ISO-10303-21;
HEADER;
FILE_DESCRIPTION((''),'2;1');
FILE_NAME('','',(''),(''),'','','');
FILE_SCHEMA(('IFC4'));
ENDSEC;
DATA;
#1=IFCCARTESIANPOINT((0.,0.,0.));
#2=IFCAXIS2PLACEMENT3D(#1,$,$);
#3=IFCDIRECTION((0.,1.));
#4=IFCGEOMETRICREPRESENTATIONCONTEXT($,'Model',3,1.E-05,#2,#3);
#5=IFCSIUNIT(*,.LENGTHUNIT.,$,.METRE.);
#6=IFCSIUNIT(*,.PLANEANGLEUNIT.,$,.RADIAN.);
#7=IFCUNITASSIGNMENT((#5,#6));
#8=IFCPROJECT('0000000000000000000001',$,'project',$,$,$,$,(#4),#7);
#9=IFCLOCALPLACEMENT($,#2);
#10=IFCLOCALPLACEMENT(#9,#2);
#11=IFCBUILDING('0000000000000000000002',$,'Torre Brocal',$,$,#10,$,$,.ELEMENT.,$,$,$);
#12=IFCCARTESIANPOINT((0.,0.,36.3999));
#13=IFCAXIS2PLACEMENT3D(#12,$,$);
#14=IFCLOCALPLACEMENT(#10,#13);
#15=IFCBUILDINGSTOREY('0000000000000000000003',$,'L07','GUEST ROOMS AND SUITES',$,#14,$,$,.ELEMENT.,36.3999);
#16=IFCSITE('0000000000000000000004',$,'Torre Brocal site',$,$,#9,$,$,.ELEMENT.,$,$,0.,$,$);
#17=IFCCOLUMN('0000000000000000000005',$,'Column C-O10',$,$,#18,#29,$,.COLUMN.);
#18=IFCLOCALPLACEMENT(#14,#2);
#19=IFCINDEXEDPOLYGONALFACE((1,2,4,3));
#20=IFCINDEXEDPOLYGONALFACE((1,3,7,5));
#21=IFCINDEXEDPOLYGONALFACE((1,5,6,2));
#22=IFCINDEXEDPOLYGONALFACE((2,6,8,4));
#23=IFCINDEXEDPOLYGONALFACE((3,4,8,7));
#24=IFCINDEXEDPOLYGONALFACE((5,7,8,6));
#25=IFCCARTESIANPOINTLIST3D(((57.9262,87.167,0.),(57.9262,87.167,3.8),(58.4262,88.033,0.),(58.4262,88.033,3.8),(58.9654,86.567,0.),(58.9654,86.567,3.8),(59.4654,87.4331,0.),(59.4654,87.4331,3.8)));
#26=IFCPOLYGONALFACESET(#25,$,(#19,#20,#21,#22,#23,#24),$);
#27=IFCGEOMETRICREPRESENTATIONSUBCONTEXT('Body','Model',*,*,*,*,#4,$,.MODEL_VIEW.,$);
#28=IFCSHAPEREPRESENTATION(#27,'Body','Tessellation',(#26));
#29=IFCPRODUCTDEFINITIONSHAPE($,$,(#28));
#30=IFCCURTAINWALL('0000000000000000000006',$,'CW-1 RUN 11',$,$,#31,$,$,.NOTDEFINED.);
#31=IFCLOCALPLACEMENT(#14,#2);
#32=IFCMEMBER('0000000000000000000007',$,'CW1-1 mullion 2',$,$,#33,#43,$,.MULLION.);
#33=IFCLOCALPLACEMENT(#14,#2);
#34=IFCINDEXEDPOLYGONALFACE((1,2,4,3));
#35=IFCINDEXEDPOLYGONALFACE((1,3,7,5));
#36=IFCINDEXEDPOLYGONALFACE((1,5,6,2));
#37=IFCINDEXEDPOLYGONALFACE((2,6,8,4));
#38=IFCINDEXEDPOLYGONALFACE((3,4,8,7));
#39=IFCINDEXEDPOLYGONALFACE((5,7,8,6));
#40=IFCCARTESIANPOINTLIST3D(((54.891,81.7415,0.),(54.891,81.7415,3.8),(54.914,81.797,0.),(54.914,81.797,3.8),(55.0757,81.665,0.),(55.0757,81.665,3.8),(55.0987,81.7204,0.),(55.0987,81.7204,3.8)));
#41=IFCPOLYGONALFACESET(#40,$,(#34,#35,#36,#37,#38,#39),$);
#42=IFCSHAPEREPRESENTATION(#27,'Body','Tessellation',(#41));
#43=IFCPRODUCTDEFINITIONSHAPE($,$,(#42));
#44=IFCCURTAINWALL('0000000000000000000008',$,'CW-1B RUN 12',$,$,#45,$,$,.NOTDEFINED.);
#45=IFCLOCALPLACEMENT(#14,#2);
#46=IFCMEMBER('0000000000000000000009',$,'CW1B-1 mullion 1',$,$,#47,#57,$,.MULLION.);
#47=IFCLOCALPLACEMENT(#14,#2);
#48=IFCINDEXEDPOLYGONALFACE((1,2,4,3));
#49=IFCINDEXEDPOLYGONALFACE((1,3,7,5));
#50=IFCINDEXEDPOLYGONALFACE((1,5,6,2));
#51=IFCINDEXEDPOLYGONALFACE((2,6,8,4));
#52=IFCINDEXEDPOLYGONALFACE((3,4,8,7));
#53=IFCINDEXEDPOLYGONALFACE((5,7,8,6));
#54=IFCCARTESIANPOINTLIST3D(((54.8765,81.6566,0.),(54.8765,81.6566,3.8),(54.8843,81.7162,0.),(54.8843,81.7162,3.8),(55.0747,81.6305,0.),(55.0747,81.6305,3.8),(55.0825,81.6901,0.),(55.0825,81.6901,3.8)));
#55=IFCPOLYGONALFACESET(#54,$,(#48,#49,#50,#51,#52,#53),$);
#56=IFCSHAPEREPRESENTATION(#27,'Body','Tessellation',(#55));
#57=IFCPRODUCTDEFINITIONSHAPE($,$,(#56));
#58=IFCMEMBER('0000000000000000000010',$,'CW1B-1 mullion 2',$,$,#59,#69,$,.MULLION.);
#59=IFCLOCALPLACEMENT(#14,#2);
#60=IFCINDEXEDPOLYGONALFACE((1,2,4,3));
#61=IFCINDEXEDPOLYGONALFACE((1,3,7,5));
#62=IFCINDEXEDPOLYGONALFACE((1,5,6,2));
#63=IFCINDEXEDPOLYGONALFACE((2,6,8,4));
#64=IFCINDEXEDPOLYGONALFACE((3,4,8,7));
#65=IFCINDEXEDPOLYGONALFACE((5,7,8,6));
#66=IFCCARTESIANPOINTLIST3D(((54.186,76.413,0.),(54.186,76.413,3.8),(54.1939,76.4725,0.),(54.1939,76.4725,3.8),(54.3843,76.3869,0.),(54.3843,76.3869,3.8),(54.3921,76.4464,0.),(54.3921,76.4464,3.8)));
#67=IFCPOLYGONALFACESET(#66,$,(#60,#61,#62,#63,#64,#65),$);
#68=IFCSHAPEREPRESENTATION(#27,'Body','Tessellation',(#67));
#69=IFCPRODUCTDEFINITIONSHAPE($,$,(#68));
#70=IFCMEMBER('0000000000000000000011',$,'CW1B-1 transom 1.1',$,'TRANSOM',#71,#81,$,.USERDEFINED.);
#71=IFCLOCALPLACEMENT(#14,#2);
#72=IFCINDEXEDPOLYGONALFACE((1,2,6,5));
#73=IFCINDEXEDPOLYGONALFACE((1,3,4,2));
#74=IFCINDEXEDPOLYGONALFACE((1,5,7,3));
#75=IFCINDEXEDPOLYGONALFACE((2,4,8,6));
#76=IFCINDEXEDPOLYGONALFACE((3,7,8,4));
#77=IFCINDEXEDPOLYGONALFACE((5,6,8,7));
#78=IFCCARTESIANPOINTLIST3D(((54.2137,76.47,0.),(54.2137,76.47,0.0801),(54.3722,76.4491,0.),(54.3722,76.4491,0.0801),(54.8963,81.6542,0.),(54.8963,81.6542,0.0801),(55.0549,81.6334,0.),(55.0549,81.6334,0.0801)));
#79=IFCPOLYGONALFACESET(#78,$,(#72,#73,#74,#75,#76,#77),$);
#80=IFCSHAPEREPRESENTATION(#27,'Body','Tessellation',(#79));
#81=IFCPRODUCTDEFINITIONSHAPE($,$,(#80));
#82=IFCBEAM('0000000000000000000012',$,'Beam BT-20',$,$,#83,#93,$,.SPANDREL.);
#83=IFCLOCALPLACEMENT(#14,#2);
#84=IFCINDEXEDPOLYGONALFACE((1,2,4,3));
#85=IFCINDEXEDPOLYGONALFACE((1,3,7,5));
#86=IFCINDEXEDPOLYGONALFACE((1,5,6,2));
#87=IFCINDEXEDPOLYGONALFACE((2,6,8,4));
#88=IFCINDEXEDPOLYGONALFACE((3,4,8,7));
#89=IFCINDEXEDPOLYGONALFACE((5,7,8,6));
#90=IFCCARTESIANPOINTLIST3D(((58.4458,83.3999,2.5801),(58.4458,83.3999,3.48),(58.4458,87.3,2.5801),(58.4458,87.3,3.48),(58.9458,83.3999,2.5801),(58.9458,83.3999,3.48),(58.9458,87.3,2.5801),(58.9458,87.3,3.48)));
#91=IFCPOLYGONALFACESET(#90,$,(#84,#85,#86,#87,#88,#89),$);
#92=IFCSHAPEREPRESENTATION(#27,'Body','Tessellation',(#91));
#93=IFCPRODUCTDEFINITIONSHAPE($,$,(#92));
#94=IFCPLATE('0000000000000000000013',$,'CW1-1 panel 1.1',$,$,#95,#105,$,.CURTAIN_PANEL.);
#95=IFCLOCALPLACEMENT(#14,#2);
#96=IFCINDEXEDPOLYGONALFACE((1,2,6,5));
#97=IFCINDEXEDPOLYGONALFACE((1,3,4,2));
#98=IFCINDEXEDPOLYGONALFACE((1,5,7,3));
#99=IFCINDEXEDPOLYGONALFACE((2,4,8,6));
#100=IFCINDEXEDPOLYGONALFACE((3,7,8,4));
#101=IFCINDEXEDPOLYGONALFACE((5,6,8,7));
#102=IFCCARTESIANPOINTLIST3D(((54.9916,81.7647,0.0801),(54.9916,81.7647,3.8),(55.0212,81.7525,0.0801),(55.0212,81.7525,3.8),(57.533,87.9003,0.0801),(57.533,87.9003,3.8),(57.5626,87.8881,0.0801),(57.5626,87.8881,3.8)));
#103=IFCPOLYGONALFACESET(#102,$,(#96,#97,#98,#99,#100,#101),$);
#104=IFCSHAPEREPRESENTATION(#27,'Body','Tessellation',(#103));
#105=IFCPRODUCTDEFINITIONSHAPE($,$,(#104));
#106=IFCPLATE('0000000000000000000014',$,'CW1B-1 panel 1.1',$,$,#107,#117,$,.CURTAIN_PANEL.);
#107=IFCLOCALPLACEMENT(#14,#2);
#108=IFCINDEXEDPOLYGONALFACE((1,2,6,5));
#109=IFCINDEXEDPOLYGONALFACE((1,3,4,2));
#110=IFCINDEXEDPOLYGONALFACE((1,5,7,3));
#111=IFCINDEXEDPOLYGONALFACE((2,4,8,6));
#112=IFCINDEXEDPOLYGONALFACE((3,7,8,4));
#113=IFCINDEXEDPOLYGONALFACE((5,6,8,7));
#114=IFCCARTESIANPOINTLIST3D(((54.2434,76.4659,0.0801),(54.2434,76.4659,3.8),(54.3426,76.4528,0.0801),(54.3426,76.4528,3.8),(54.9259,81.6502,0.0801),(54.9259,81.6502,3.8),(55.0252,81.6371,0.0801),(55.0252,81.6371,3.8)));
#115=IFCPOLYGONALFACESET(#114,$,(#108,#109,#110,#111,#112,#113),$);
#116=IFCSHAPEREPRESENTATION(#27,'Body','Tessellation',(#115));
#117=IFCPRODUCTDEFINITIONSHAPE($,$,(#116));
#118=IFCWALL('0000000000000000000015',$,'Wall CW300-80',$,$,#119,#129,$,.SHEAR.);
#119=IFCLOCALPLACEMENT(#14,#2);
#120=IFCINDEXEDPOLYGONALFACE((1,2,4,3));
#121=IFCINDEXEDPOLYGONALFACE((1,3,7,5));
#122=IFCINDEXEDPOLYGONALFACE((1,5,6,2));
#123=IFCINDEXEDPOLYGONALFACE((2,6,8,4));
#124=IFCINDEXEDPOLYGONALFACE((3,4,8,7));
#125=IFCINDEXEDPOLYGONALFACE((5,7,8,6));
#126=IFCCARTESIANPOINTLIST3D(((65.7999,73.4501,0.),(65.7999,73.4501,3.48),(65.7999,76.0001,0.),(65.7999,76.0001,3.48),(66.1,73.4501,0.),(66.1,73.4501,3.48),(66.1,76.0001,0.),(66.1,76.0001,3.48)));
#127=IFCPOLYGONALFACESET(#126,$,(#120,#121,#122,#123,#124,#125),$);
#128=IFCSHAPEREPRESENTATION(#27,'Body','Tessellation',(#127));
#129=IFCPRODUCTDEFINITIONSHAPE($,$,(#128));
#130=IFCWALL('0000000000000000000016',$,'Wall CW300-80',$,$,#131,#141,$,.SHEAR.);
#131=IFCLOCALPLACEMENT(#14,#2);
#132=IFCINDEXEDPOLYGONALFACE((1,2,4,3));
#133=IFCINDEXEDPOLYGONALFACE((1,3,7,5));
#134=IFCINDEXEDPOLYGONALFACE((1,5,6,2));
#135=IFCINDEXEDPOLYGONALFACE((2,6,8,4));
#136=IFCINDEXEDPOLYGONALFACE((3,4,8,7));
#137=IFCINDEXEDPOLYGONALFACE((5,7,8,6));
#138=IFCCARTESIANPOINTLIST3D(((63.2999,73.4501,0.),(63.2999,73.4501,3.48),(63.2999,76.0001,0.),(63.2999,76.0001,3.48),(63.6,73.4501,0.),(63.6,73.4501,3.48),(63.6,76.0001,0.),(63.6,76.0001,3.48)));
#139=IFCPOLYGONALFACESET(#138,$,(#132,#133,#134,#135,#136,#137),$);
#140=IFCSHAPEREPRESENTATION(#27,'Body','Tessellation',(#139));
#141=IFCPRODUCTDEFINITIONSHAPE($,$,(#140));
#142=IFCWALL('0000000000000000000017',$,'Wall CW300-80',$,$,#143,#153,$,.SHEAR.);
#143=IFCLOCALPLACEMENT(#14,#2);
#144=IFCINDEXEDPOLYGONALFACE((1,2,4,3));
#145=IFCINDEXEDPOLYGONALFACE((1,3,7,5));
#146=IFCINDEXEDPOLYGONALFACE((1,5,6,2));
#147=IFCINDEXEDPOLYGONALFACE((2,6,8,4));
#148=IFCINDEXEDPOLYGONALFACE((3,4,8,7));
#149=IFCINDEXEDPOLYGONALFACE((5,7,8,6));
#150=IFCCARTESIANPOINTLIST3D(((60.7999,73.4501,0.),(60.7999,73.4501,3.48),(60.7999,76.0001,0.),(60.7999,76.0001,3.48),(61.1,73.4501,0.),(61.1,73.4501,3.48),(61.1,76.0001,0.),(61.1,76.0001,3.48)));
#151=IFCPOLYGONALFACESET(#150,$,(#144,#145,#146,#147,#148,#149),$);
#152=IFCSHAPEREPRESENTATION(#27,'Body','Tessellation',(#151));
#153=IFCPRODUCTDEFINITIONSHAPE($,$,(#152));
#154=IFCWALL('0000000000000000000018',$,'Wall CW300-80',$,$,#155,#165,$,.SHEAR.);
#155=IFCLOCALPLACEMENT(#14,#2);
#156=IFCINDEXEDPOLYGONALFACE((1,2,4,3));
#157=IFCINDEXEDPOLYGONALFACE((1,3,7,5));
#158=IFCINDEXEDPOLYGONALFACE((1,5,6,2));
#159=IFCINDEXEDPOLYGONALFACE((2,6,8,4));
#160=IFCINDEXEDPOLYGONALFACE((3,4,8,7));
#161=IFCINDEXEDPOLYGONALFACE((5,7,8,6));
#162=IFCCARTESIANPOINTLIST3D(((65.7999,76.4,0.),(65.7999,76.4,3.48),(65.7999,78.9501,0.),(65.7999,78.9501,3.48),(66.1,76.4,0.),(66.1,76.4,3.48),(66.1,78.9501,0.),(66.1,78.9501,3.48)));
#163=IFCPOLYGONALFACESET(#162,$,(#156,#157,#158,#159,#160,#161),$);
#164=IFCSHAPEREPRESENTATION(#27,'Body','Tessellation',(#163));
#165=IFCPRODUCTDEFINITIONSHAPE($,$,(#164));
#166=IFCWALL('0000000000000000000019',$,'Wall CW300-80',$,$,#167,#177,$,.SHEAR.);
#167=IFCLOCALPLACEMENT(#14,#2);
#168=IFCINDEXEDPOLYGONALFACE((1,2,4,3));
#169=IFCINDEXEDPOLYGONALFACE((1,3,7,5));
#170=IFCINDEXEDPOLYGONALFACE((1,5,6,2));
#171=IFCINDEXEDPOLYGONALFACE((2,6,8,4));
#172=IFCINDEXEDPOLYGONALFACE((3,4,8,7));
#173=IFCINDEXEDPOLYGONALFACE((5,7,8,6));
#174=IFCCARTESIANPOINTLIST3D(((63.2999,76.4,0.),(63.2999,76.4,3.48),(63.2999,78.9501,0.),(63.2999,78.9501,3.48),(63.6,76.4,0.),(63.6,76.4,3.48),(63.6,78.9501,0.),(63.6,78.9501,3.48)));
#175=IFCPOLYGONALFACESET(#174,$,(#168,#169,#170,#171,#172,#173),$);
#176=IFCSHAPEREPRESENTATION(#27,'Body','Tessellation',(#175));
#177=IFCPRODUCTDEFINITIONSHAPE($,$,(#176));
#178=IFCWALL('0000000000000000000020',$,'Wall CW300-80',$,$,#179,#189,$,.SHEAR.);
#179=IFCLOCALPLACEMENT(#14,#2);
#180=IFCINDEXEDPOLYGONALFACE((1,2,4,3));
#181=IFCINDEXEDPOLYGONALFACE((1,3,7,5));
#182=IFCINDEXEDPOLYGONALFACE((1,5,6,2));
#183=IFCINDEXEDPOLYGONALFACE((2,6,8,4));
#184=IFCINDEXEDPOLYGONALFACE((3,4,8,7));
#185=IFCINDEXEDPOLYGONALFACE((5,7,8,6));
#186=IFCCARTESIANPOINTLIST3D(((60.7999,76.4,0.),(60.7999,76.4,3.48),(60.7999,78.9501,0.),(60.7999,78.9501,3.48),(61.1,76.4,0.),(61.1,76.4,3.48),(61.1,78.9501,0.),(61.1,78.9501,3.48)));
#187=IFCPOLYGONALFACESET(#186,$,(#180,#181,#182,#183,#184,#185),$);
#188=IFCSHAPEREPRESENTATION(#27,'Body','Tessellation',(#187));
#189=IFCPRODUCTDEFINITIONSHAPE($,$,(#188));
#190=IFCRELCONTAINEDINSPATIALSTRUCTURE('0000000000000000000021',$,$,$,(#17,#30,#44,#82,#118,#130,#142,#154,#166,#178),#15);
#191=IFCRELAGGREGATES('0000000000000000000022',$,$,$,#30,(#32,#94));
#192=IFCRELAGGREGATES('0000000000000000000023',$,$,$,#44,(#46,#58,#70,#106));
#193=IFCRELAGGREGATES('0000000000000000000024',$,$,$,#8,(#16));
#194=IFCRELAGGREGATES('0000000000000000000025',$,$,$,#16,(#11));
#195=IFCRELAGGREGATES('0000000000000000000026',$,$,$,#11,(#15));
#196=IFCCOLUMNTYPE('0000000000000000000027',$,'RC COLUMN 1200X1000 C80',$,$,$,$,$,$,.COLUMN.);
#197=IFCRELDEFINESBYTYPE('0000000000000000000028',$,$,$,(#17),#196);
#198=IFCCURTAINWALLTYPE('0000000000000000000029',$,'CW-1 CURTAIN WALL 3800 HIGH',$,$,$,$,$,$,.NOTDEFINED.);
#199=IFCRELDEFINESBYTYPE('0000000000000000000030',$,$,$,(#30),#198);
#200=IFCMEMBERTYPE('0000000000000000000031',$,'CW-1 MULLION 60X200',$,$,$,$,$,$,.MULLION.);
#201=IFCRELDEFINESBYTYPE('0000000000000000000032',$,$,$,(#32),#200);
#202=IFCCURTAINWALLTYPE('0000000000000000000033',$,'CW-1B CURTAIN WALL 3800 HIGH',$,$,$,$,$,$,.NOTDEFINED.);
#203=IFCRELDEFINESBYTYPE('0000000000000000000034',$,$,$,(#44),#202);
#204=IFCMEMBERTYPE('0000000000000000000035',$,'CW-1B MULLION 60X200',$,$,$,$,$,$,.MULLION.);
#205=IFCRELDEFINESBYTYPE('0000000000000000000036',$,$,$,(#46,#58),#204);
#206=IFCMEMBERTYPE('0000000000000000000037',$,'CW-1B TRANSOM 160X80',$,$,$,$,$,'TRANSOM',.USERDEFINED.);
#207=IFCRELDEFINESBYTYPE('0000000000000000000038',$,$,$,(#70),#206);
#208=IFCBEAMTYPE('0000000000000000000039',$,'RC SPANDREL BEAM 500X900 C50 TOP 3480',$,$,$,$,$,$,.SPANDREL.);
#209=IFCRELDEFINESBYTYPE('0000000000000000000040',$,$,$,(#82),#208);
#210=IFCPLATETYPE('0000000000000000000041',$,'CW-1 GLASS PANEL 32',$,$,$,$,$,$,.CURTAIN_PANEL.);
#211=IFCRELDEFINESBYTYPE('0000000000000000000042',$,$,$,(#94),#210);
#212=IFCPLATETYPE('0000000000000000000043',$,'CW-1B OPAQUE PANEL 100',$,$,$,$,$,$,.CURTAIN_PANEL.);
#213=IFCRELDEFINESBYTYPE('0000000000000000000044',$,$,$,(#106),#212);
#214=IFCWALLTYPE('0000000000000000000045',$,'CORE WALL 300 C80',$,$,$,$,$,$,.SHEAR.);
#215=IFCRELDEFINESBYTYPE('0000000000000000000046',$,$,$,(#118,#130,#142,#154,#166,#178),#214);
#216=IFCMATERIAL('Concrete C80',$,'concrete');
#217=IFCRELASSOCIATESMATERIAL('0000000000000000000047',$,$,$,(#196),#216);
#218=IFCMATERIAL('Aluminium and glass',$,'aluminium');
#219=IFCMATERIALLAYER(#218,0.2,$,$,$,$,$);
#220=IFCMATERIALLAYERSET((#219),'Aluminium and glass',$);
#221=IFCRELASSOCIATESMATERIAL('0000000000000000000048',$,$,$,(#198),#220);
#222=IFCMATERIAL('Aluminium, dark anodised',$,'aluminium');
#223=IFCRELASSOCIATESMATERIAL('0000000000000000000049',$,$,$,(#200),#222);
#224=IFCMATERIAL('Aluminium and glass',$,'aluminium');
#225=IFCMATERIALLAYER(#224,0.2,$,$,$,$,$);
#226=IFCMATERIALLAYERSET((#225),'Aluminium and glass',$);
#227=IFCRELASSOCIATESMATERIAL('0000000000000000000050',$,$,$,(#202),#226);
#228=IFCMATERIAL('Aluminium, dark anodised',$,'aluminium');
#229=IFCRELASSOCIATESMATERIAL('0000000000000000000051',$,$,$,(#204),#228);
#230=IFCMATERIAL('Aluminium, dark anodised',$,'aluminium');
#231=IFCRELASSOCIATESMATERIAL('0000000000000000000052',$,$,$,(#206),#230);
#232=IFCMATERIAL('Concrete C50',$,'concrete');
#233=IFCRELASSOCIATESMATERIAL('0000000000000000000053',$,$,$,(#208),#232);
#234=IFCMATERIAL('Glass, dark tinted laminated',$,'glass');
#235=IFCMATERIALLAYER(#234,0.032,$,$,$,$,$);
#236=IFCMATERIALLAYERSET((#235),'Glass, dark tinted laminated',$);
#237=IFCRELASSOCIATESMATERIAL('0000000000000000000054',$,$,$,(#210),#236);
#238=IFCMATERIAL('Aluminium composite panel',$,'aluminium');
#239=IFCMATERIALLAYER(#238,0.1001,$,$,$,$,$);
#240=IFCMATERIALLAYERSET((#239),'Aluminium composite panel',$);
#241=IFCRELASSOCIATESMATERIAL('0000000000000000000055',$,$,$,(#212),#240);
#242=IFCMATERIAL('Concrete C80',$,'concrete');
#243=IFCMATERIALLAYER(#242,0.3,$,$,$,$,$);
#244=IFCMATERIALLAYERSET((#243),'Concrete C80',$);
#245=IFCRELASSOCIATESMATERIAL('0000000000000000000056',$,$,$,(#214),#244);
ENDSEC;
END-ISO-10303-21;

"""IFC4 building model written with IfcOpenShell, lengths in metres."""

from ifc_helpers import new_model, si_unit, direction, frame, frame_2d, origin, origin_2d, place, context, subcontext, project, spatial, rectangle, extrude, material, layer, layer_set, material_profile, profile_set, type_object, element, aggregate, save


model = new_model("IFC4")

# Units and contexts
model_context = context("Model", 3, precision=1e-05, world=origin(), true_north=direction((0.0, 1.0)))
body_context = subcontext(model_context, "Body", "Model", "MODEL_VIEW")
ifc_project = project(units=[si_unit("LENGTHUNIT", "METRE"), si_unit("PLANEANGLEUNIT", "RADIAN")], contexts=[model_context])

# Site, building, storey
site_placement = place(None, origin())
site = spatial("IfcSite", under=ifc_project, at=site_placement, Name="Torre Brocal site", CompositionType="ELEMENT", RefElevation=0.0)
building_placement = place(site_placement, origin())
building = spatial("IfcBuilding", under=site, at=building_placement, Name="Torre Brocal", CompositionType="ELEMENT")
storey_placement = place(building_placement, frame((0.0, 0.0, 36.3999)))
storey = spatial("IfcBuildingStorey", under=building, at=storey_placement, Name="L07", Description="GUEST ROOMS AND SUITES", CompositionType="ELEMENT", Elevation=36.3999)

# Column
ifc_material_1 = material(Name="Concrete C80", Category="concrete")
ifc_material_profile_1 = material_profile(ifc_material_1, rectangle(XDim=1.2, YDim=1.0, at=origin_2d()), Name="RC 1200X1000")
ifc_profile_set_1 = profile_set([ifc_material_profile_1], Name="Concrete C80")
column_type = type_object("IfcColumnType", Name="RC COLUMN 1200X1000 C80", PredefinedType="COLUMN", material=ifc_profile_set_1)
column_placement = place(storey_placement, frame((58.6958, 87.3, 0.0), z_axis=(0.0, 0.0, 1.0), x_axis=(-0.866025, 0.5, 0.0)))
element("IfcColumn", 1, at=column_placement, inside=storey, type_object=column_type, Name="Column C-O10", PredefinedType="COLUMN", context=body_context, shape_type="SweptSolid", body=[
    extrude(rectangle(XDim=1.2, YDim=1.0, at=origin_2d()), origin(), (0.0, 0.0, 1.0), 3.8),
])

# Curtain wall, member
ifc_material_2 = material(Name="Aluminium and glass", Category="aluminium")
ifc_layer_1 = layer(ifc_material_2, 0.2)
ifc_layer_set_1 = layer_set([ifc_layer_1], Name="Aluminium and glass")
curtain_wall_type_1 = type_object("IfcCurtainWallType", Name="CW-1 CURTAIN WALL 3800 HIGH", PredefinedType="NOTDEFINED", material=ifc_layer_set_1)
curtain_wall_1_placement = place(storey_placement, origin())
curtain_wall_1 = element("IfcCurtainWall", 2, at=curtain_wall_1_placement, inside=storey, type_object=curtain_wall_type_1, Name="CW-1 RUN 11", PredefinedType="NOTDEFINED")
ifc_material_3 = material(Name="Aluminium, dark anodised", Category="aluminium")
ifc_material_profile_2 = material_profile(ifc_material_3, rectangle(XDim=0.2, YDim=0.0601, at=origin_2d()), Name="CW-1 MULLION 60X200")
ifc_profile_set_2 = profile_set([ifc_material_profile_2], Name="Aluminium, dark anodised")
member_type_1 = type_object("IfcMemberType", Name="CW-1 MULLION 60X200", PredefinedType="MULLION", material=ifc_profile_set_2)
member_1_placement = place(storey_placement, frame((54.9949, 81.731, 0.0), z_axis=(0.0, 0.0, 1.0), x_axis=(0.92388, -0.382683, 0.0)))
member_1 = element("IfcMember", 3, at=member_1_placement, type_object=member_type_1, Name="CW1-1 mullion 2", PredefinedType="MULLION", context=body_context, shape_type="SweptSolid", body=[
    extrude(rectangle(XDim=0.2, YDim=0.0601, at=origin_2d()), origin(), (0.0, 0.0, 1.0), 3.8),
])

# Curtain wall, members
ifc_material_4 = material(Name="Aluminium and glass", Category="aluminium")
ifc_layer_2 = layer(ifc_material_4, 0.2)
ifc_layer_set_2 = layer_set([ifc_layer_2], Name="Aluminium and glass")
curtain_wall_type_2 = type_object("IfcCurtainWallType", Name="CW-1B CURTAIN WALL 3800 HIGH", PredefinedType="NOTDEFINED", material=ifc_layer_set_2)
curtain_wall_2_placement = place(storey_placement, origin())
curtain_wall_2 = element("IfcCurtainWall", 4, at=curtain_wall_2_placement, inside=storey, type_object=curtain_wall_type_2, Name="CW-1B RUN 12", PredefinedType="NOTDEFINED")
ifc_material_5 = material(Name="Aluminium, dark anodised", Category="aluminium")
ifc_material_profile_3 = material_profile(ifc_material_5, rectangle(XDim=0.2, YDim=0.0601, at=origin_2d()), Name="CW-1B MULLION 60X200")
ifc_profile_set_3 = profile_set([ifc_material_profile_3], Name="Aluminium, dark anodised")
member_type_2 = type_object("IfcMemberType", Name="CW-1B MULLION 60X200", PredefinedType="MULLION", material=ifc_profile_set_3)
member_2_placement = place(storey_placement, frame((54.9795, 81.6733, 0.0), z_axis=(0.0, 0.0, 1.0), x_axis=(0.991445, -0.130526, 0.0)))
member_2 = element("IfcMember", 5, at=member_2_placement, type_object=member_type_2, Name="CW1B-1 mullion 1", PredefinedType="MULLION", context=body_context, shape_type="SweptSolid", body=[
    extrude(rectangle(XDim=0.2, YDim=0.0601, at=origin_2d()), origin(), (0.0, 0.0, 1.0), 3.8),
])
member_3_placement = place(storey_placement, frame((54.2891, 76.4297, 0.0), z_axis=(0.0, 0.0, 1.0), x_axis=(0.991445, -0.130526, 0.0)))
member_3 = element("IfcMember", 6, at=member_3_placement, type_object=member_type_2, Name="CW1B-1 mullion 2", PredefinedType="MULLION", context=body_context, shape_type="SweptSolid", body=[
    extrude(rectangle(XDim=0.2, YDim=0.0601, at=origin_2d()), origin(), (0.0, 0.0, 1.0), 3.8),
])
ifc_material_6 = material(Name="Aluminium, dark anodised", Category="aluminium")
ifc_material_profile_4 = material_profile(ifc_material_6, rectangle(XDim=0.1599, YDim=0.0801, at=origin_2d()), Name="CW-1B TRANSOM 160X80")
ifc_profile_set_4 = profile_set([ifc_material_profile_4], Name="Aluminium, dark anodised")
member_type_3 = type_object("IfcMemberType", Name="CW-1B TRANSOM 160X80", ElementType="TRANSOM", PredefinedType="USERDEFINED", material=ifc_profile_set_4)
member_4_placement = place(storey_placement, frame((54.9756, 81.6438, 0.04), z_axis=(-0.130543, -0.991443, 0.0), x_axis=(0.991443, -0.130543, 0.0)))
member_4 = element("IfcMember", 7, at=member_4_placement, type_object=member_type_3, Name="CW1B-1 transom 1.1", ObjectType="TRANSOM", PredefinedType="USERDEFINED", context=body_context, shape_type="SweptSolid", body=[
    extrude(rectangle(XDim=0.1599, YDim=0.0801, at=origin_2d()), origin(), (0.0, 0.0, 1.0), 5.229),
])

# Beam
ifc_material_7 = material(Name="Concrete C50", Category="concrete")
ifc_material_profile_5 = material_profile(ifc_material_7, rectangle(XDim=0.5, YDim=0.8999, at=origin_2d()), Name="RC 500X900")
ifc_profile_set_5 = profile_set([ifc_material_profile_5], Name="Concrete C50")
beam_type = type_object("IfcBeamType", Name="RC SPANDREL BEAM 500X900 C50 TOP 3480", PredefinedType="SPANDREL", material=ifc_profile_set_5)
beam_placement = place(storey_placement, frame((58.6958, 87.3, 3.03), z_axis=(0.0, -1.0, 0.0), x_axis=(1.0, 0.0, 0.0)))
element("IfcBeam", 8, at=beam_placement, inside=storey, type_object=beam_type, Name="Beam BT-20", PredefinedType="SPANDREL", context=body_context, shape_type="SweptSolid", body=[
    extrude(rectangle(XDim=0.5, YDim=0.8999, at=origin_2d()), origin(), (0.0, 0.0, 1.0), 3.9001),
])

# Plates
ifc_material_8 = material(Name="Glass, dark tinted laminated", Category="glass")
ifc_layer_3 = layer(ifc_material_8, 0.032)
ifc_layer_set_3 = layer_set([ifc_layer_3], Name="Glass, dark tinted laminated")
plate_type_1 = type_object("IfcPlateType", Name="CW-1 GLASS PANEL 32", PredefinedType="CURTAIN_PANEL", material=ifc_layer_set_3)
plate_1_placement = place(storey_placement, frame((56.2771, 84.8264, 0.0801), z_axis=(0.0, 0.0, 1.0), x_axis=(-0.382683, -0.92388, 0.0)))
plate_1 = element("IfcPlate", 9, at=plate_1_placement, type_object=plate_type_1, Name="CW1-1 panel 1.1", PredefinedType="CURTAIN_PANEL", context=body_context, shape_type="SweptSolid", body=[
    extrude(rectangle(XDim=6.6411, YDim=0.032, at=origin_2d()), origin(), (0.0, 0.0, 1.0), 3.72),
])
aggregate(curtain_wall_1, [member_1, plate_1])
ifc_material_9 = material(Name="Aluminium composite panel", Category="aluminium")
ifc_layer_4 = layer(ifc_material_9, 0.1001)
ifc_layer_set_4 = layer_set([ifc_layer_4], Name="Aluminium composite panel")
plate_type_2 = type_object("IfcPlateType", Name="CW-1B OPAQUE PANEL 100", PredefinedType="CURTAIN_PANEL", material=ifc_layer_set_4)
plate_2_placement = place(storey_placement, frame((54.6343, 79.0515, 0.0801), z_axis=(0.0, 0.0, 1.0), x_axis=(-0.130526, -0.991445, 0.0)))
plate_2 = element("IfcPlate", 10, at=plate_2_placement, type_object=plate_type_2, Name="CW1B-1 panel 1.1", PredefinedType="CURTAIN_PANEL", context=body_context, shape_type="SweptSolid", body=[
    extrude(rectangle(XDim=5.229, YDim=0.1001, at=origin_2d()), origin(), (0.0, 0.0, 1.0), 3.72),
])
aggregate(curtain_wall_2, [member_2, member_3, member_4, plate_2])

# Walls
ifc_material_10 = material(Name="Concrete C80", Category="concrete")
ifc_layer_5 = layer(ifc_material_10, 0.3)
ifc_layer_set_5 = layer_set([ifc_layer_5], Name="Concrete C80")
wall_type_1 = type_object("IfcWallType", Name="CORE WALL 300 C80", PredefinedType="SHEAR", material=ifc_layer_set_5)
for number, where, z_axis, x_axis, name in (
    (11, (65.95, 76.0, 0.0), (0.0, 0.0, 1.0), (0.0, -1.0, 0.0), "Wall CW300-80"),
    (12, (63.45, 76.0, 0.0), (0.0, 0.0, 1.0), (0.0, -1.0, 0.0), "Wall CW300-80"),
    (13, (60.95, 76.0, 0.0), (0.0, 0.0, 1.0), (0.0, -1.0, 0.0), "Wall CW300-80"),
    (14, (65.95, 78.95, 0.0), (0.0, 0.0, 1.0), (0.0, -1.0, 0.0), "Wall CW300-80"),
    (15, (63.45, 78.95, 0.0), (0.0, 0.0, 1.0), (0.0, -1.0, 0.0), "Wall CW300-80"),
    (16, (60.95, 78.95, 0.0), (0.0, 0.0, 1.0), (0.0, -1.0, 0.0), "Wall CW300-80"),
):
    element("IfcWall", number, at=place(storey_placement, frame(where, z_axis=z_axis, x_axis=x_axis)), inside=storey, type_object=wall_type_1, Name=name, PredefinedType="SHEAR", context=body_context, shape_type="SweptSolid", body=[
        extrude(rectangle(XDim=2.55, YDim=0.3, at=frame_2d((1.2749, 0.0))), origin(), (0.0, 0.0, 1.0), 3.48),
    ])

save(model, "model.ifc")
